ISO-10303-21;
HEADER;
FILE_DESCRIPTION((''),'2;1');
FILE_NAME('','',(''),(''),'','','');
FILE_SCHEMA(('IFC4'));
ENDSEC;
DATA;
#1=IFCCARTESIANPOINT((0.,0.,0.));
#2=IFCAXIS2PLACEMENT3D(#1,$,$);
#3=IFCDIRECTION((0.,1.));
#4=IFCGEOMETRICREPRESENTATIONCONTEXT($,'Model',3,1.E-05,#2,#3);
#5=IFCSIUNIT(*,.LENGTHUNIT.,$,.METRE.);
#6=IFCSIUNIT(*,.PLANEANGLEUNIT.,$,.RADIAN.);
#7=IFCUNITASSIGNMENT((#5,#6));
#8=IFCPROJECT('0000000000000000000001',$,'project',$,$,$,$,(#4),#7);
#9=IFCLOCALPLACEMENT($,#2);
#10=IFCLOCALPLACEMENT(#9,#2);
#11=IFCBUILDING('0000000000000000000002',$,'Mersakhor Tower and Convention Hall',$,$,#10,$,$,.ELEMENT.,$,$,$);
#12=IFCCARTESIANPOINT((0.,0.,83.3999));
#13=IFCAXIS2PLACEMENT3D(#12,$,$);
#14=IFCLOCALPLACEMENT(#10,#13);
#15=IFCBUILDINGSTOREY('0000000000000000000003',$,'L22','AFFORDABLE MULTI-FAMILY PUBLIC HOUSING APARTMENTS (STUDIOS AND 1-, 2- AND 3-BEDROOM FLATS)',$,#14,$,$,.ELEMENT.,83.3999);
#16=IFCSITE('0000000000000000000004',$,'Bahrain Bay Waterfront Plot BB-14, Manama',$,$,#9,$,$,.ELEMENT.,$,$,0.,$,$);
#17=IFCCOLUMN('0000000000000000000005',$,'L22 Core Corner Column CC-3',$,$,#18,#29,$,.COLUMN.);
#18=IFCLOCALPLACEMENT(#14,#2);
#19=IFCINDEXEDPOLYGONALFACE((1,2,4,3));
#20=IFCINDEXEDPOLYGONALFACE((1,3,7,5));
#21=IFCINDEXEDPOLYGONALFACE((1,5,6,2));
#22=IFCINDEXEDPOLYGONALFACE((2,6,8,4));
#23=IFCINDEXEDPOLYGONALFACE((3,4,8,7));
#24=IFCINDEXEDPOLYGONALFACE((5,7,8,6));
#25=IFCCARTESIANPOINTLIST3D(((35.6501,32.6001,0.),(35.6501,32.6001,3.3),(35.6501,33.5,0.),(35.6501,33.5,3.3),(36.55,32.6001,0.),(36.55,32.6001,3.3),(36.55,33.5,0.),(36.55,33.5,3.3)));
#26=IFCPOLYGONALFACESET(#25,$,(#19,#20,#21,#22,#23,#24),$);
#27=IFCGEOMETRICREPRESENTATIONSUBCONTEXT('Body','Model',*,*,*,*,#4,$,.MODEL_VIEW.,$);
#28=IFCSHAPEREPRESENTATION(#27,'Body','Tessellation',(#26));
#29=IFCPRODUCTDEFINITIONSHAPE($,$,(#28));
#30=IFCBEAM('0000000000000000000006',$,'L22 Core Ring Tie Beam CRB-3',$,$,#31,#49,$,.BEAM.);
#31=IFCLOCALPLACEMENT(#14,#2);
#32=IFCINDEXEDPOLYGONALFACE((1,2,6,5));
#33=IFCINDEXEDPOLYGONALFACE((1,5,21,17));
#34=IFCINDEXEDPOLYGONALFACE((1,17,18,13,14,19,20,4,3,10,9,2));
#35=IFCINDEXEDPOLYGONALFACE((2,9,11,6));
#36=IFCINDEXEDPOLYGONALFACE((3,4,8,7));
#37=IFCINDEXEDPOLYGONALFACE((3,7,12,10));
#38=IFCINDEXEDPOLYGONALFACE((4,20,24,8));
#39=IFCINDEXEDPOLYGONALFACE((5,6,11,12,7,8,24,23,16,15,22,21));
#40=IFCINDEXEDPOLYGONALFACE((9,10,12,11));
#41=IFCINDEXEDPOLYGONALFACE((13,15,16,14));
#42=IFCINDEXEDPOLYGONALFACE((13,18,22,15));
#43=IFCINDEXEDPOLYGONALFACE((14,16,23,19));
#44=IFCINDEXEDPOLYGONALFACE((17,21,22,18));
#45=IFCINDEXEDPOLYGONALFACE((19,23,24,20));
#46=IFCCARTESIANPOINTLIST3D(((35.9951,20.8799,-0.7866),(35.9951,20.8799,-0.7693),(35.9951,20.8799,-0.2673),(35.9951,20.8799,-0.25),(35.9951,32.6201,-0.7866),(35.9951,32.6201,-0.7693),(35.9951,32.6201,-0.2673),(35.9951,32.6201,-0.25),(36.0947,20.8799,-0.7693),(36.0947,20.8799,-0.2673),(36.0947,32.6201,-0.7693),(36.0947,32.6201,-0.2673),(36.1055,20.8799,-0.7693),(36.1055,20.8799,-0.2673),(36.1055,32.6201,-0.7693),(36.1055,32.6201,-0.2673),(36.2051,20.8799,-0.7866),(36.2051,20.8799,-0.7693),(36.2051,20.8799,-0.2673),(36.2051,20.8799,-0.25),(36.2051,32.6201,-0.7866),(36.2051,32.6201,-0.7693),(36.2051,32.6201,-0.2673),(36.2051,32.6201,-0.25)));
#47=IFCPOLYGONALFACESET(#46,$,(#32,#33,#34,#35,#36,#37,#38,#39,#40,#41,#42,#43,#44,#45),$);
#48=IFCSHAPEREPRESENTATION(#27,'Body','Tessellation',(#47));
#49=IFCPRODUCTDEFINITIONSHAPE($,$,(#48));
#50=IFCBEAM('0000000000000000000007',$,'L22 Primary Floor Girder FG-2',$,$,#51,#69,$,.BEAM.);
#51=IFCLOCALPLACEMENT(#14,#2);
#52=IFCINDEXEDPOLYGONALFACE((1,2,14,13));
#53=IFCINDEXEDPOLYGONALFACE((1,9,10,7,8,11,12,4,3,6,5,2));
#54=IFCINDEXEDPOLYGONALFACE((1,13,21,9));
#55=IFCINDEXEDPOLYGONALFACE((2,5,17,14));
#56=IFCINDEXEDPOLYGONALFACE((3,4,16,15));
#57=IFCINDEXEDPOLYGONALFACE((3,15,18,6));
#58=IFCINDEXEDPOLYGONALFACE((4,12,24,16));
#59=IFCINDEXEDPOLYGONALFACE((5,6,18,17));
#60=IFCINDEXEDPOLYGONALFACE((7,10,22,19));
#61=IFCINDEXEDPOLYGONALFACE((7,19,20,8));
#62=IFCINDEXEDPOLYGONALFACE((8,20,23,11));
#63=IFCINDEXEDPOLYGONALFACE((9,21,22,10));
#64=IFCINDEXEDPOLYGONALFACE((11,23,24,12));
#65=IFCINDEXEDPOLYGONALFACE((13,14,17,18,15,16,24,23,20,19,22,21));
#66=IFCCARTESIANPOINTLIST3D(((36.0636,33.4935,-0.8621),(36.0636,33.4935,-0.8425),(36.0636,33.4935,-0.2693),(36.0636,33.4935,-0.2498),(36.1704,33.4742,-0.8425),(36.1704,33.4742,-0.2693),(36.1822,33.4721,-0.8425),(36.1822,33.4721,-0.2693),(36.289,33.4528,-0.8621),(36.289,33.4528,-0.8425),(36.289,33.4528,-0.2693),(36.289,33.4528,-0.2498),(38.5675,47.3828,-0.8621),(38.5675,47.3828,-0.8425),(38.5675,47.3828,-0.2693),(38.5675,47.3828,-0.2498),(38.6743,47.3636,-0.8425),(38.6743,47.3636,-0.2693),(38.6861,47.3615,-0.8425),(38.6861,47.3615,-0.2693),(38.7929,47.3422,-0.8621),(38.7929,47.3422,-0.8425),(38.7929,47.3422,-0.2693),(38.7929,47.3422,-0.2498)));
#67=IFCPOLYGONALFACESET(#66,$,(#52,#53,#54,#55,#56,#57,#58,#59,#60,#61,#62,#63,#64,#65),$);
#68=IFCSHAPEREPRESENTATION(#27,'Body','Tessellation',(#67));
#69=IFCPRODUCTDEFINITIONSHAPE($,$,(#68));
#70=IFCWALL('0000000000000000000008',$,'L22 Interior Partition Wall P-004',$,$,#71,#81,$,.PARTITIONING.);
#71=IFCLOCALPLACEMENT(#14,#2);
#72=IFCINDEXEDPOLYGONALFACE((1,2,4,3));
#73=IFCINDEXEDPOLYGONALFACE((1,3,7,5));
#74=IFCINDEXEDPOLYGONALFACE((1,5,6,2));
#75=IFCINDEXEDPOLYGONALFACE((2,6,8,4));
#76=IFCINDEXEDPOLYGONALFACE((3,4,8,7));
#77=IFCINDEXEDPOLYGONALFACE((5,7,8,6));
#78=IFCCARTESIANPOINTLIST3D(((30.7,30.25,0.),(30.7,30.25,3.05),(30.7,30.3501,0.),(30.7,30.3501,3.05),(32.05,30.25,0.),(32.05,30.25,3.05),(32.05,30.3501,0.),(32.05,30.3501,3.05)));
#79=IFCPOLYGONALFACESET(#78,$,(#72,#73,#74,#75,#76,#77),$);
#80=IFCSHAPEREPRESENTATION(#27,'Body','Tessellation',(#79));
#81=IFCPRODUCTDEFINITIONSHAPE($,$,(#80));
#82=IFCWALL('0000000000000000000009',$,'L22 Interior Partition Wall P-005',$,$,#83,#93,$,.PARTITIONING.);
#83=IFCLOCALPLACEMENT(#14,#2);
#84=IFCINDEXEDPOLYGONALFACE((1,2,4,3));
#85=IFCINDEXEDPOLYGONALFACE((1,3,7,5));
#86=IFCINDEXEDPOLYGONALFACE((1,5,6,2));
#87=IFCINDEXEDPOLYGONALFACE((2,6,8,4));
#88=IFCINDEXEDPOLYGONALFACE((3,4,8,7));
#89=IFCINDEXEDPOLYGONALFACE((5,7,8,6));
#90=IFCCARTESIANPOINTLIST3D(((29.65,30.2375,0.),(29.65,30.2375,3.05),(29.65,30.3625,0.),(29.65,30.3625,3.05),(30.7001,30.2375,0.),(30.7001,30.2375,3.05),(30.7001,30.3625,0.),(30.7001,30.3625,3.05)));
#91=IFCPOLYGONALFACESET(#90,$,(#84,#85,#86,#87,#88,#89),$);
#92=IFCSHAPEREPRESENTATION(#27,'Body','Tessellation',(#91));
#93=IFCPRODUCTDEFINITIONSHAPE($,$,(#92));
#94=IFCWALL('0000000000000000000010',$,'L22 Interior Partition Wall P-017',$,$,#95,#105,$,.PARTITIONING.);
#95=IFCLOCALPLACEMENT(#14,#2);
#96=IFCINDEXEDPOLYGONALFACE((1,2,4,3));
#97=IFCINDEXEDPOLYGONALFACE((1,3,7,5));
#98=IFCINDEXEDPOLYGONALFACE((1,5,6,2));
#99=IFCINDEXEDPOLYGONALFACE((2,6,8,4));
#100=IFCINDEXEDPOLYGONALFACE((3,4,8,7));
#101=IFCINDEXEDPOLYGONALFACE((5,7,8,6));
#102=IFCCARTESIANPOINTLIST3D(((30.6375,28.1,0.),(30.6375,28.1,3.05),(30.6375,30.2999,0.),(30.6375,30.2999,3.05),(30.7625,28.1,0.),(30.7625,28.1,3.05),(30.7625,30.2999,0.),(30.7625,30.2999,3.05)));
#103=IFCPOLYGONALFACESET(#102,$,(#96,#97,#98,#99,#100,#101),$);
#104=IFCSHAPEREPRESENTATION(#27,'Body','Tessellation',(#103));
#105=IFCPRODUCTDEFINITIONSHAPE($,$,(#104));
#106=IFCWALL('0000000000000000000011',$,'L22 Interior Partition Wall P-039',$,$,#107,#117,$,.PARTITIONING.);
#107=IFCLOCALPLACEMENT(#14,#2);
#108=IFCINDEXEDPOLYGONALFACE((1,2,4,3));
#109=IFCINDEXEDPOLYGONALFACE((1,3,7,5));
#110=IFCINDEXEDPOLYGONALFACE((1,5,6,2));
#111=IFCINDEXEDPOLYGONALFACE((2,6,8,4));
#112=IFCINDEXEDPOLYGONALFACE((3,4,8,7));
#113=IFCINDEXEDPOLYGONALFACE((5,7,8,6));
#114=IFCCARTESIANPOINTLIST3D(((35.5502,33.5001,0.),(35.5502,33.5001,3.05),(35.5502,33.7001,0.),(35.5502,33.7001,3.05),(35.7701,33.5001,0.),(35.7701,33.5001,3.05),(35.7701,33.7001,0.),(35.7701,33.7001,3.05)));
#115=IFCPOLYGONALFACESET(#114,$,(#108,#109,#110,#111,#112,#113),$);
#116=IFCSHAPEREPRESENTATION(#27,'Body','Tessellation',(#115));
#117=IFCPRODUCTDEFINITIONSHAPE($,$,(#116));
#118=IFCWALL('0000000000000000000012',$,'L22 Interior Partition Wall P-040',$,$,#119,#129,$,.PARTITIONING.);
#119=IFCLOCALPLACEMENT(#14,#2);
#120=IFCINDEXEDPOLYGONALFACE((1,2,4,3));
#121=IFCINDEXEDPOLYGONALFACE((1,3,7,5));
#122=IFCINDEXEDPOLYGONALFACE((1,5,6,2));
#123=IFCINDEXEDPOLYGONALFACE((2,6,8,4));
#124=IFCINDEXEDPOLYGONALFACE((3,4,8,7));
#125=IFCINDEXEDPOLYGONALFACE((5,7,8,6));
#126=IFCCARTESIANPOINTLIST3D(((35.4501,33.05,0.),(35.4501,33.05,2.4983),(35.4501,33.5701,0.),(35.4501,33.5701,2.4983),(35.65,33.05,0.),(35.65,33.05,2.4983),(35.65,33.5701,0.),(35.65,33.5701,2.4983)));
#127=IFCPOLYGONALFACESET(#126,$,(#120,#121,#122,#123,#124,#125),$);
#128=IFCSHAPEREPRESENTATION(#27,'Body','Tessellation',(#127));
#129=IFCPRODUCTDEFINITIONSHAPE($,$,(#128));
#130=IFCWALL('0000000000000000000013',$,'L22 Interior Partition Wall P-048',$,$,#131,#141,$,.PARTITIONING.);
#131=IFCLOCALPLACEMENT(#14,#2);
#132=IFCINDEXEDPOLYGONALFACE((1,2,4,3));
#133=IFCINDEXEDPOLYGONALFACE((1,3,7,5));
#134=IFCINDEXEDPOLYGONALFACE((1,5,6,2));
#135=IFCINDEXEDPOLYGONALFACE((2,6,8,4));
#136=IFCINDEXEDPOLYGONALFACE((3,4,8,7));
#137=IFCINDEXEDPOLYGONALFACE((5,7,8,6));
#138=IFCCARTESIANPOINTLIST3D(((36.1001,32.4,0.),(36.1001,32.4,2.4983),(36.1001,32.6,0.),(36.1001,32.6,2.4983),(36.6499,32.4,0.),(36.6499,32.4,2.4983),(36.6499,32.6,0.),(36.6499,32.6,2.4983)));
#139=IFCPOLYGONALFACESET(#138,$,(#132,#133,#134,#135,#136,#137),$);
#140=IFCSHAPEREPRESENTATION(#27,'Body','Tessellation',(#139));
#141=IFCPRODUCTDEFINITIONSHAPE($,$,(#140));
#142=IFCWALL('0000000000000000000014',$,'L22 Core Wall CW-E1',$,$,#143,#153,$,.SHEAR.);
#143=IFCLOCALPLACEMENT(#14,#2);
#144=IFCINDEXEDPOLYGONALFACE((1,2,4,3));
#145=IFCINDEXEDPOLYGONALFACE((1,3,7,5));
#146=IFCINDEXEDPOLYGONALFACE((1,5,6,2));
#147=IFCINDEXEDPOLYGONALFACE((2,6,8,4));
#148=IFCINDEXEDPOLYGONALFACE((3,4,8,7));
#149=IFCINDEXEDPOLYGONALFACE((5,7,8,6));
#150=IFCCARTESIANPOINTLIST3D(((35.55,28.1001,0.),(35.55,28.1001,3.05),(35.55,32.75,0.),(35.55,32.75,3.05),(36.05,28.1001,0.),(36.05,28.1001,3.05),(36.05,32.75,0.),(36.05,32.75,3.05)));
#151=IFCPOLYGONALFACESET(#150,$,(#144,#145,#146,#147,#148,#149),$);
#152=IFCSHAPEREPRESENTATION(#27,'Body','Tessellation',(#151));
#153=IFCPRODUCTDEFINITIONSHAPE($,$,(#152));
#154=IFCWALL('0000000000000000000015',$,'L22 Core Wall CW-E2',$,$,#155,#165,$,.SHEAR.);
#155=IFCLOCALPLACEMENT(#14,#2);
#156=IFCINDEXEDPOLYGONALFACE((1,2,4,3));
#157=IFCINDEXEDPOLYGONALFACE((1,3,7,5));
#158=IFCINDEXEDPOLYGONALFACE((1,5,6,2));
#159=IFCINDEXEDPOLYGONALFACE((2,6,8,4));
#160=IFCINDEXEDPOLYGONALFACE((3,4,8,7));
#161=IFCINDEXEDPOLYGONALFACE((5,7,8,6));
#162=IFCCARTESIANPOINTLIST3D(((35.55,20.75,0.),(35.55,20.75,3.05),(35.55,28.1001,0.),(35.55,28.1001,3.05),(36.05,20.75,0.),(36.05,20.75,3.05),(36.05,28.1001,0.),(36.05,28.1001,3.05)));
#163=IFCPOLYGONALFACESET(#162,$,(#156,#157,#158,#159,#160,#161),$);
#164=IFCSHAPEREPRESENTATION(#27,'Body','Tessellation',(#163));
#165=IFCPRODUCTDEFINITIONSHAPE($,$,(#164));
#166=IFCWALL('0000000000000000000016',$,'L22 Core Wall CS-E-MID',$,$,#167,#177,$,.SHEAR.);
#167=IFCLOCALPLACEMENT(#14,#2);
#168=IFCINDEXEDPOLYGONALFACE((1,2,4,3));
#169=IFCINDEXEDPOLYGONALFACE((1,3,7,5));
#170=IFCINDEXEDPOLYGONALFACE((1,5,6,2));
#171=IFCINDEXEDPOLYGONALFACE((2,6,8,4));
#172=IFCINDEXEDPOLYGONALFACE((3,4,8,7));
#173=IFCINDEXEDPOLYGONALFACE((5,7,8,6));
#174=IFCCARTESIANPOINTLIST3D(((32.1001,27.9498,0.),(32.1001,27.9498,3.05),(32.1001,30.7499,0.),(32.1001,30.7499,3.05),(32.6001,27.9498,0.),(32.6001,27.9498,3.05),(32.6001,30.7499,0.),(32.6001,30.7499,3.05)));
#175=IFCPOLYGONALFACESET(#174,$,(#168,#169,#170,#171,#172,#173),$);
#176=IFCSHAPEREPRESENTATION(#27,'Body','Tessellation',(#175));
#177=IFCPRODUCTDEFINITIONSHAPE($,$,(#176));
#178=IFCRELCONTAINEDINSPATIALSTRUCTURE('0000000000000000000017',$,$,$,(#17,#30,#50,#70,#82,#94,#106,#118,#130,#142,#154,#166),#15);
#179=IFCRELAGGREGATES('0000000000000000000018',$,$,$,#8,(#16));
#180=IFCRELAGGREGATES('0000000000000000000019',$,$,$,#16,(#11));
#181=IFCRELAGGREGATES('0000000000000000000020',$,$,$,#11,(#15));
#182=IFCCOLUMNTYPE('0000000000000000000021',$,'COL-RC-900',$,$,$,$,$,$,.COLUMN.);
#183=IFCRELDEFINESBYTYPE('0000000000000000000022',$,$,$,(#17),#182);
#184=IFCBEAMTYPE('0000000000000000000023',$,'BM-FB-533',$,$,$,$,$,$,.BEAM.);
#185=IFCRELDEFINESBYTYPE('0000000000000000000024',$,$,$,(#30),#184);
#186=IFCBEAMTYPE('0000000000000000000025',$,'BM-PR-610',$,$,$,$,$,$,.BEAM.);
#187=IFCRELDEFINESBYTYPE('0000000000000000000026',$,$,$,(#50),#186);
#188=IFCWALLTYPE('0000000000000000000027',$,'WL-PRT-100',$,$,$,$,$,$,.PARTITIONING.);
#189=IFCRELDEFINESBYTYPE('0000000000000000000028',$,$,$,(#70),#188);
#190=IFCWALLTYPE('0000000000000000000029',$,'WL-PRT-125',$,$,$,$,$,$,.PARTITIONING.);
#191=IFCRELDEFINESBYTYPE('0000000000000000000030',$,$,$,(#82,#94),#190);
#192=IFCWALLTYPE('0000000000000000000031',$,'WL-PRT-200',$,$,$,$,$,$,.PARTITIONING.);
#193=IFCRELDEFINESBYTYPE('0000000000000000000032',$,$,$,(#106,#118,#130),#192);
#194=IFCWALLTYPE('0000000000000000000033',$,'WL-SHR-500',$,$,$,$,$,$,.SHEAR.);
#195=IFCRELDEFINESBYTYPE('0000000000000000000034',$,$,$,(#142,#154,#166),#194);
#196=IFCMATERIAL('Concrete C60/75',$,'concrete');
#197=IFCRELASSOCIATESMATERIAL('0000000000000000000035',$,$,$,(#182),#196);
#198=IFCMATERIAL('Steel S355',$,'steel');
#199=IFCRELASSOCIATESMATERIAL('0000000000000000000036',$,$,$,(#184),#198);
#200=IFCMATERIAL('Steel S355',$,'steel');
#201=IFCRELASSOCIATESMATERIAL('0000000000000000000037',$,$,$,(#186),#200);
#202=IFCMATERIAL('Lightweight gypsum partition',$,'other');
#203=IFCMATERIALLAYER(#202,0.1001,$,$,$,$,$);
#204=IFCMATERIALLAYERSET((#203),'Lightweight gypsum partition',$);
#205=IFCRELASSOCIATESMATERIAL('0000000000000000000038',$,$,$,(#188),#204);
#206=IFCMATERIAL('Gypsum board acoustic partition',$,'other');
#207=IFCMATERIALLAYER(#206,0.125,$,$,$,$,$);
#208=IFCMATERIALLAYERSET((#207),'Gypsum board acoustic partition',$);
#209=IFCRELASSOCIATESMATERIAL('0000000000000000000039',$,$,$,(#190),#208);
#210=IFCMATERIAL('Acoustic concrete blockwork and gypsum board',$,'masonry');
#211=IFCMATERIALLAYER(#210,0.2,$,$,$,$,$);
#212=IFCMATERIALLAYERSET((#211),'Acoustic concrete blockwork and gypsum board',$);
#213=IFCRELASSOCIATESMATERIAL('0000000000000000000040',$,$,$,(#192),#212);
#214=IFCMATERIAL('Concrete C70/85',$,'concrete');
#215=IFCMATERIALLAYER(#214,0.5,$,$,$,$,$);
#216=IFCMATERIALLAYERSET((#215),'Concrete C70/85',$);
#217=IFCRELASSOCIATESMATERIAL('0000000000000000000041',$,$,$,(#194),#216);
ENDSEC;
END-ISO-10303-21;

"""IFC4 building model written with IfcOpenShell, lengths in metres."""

from ifc_helpers import new_model, si_unit, direction, frame, frame_2d, origin, origin_2d, place, context, subcontext, project, spatial, rectangle, i_section, extrude, material, layer, layer_set, material_profile, profile_set, type_object, element, save


model = new_model("IFC4")

# Units and contexts
model_context = context("Model", 3, precision=1e-05, world=origin(), true_north=direction((0.0, 1.0)))
body_context = subcontext(model_context, "Body", "Model", "MODEL_VIEW")
ifc_project = project(units=[si_unit("LENGTHUNIT", "METRE"), si_unit("PLANEANGLEUNIT", "RADIAN")], contexts=[model_context])

# Site, building, storey
site_placement = place(None, origin())
site = spatial("IfcSite", under=ifc_project, at=site_placement, Name="Bahrain Bay Waterfront Plot BB-14, Manama", CompositionType="ELEMENT", RefElevation=0.0)
building_placement = place(site_placement, origin())
building = spatial("IfcBuilding", under=site, at=building_placement, Name="Mersakhor Tower and Convention Hall", CompositionType="ELEMENT")
storey_placement = place(building_placement, frame((0.0, 0.0, 83.3999)))
storey = spatial("IfcBuildingStorey", under=building, at=storey_placement, Name="L22", Description="AFFORDABLE MULTI-FAMILY PUBLIC HOUSING APARTMENTS (STUDIOS AND 1-, 2- AND 3-BEDROOM FLATS)", CompositionType="ELEMENT", Elevation=83.3999)

# Column
ifc_material_1 = material(Name="Concrete C60/75", Category="concrete")
ifc_material_profile_1 = material_profile(ifc_material_1, rectangle(XDim=0.8999, YDim=0.8999, at=origin_2d()), Name="RC 900x900")
ifc_profile_set_1 = profile_set([ifc_material_profile_1], Name="Concrete C60/75")
column_type = type_object("IfcColumnType", Name="COL-RC-900", PredefinedType="COLUMN", material=ifc_profile_set_1)
column_placement = place(storey_placement, frame((36.1001, 33.05, 0.0), z_axis=(0.0, 0.0, 1.0), x_axis=(1.0, 0.0, 0.0)))
element("IfcColumn", 1, at=column_placement, inside=storey, type_object=column_type, Name="L22 Core Corner Column CC-3", PredefinedType="COLUMN", context=body_context, shape_type="SweptSolid", body=[
    extrude(rectangle(XDim=0.8999, YDim=0.8999, at=origin_2d()), origin(), (0.0, 0.0, 1.0), 3.3),
])

# Beams
ifc_material_2 = material(Name="Steel S355", Category="steel")
ifc_material_profile_2 = material_profile(ifc_material_2, i_section(OverallWidth=0.21, OverallDepth=0.5366, WebThickness=0.0107, FlangeThickness=0.0173, at=origin_2d()), Name="UB 533x210x101")
ifc_profile_set_2 = profile_set([ifc_material_profile_2], Name="Steel S355")
beam_type_1 = type_object("IfcBeamType", Name="BM-FB-533", PredefinedType="BEAM", material=ifc_profile_set_2)
beam_1_placement = place(storey_placement, frame((36.1001, 32.6201, -0.5183), z_axis=(0.0, -1.0, 0.0), x_axis=(1.0, 0.0, 0.0)))
element("IfcBeam", 2, at=beam_1_placement, inside=storey, type_object=beam_type_1, Name="L22 Core Ring Tie Beam CRB-3", PredefinedType="BEAM", context=body_context, shape_type="SweptSolid", body=[
    extrude(i_section(OverallWidth=0.21, OverallDepth=0.5366, WebThickness=0.0107, FlangeThickness=0.0173, at=origin_2d()), origin(), (0.0, 0.0, 1.0), 11.7402),
])
ifc_material_3 = material(Name="Steel S355", Category="steel")
ifc_material_profile_3 = material_profile(ifc_material_3, i_section(OverallWidth=0.229, OverallDepth=0.6123, WebThickness=0.012, FlangeThickness=0.0195, at=origin_2d()), Name="UB 610x229x125")
ifc_profile_set_3 = profile_set([ifc_material_profile_3], Name="Steel S355")
beam_type_2 = type_object("IfcBeamType", Name="BM-PR-610", PredefinedType="BEAM", material=ifc_profile_set_3)
beam_2_placement = place(storey_placement, frame((36.1763, 33.4731, -0.5559), z_axis=(0.177415, 0.984136, 0.0), x_axis=(-0.984136, 0.177415, 0.0)))
element("IfcBeam", 3, at=beam_2_placement, inside=storey, type_object=beam_type_2, Name="L22 Primary Floor Girder FG-2", PredefinedType="BEAM", context=body_context, shape_type="SweptSolid", body=[
    extrude(i_section(OverallWidth=0.229, OverallDepth=0.6123, WebThickness=0.012, FlangeThickness=0.0195, at=origin_2d()), origin(), (0.0, 0.0, 1.0), 14.1133),
])

# Walls
ifc_material_4 = material(Name="Lightweight gypsum partition", Category="other")
ifc_layer_1 = layer(ifc_material_4, 0.1001)
ifc_layer_set_1 = layer_set([ifc_layer_1], Name="Lightweight gypsum partition")
wall_type_1 = type_object("IfcWallType", Name="WL-PRT-100", PredefinedType="PARTITIONING", material=ifc_layer_set_1)
wall_1_placement = place(storey_placement, frame((32.05, 30.3, 0.0), z_axis=(0.0, 0.0, 1.0), x_axis=(-1.0, 0.0, 0.0)))
element("IfcWall", 4, at=wall_1_placement, inside=storey, type_object=wall_type_1, Name="L22 Interior Partition Wall P-004", PredefinedType="PARTITIONING", context=body_context, shape_type="SweptSolid", body=[
    extrude(rectangle(XDim=1.3501, YDim=0.1001, at=frame_2d((0.675, 0.0))), origin(), (0.0, 0.0, 1.0), 3.05),
])
ifc_material_5 = material(Name="Gypsum board acoustic partition", Category="other")
ifc_layer_2 = layer(ifc_material_5, 0.125)
ifc_layer_set_2 = layer_set([ifc_layer_2], Name="Gypsum board acoustic partition")
wall_type_2 = type_object("IfcWallType", Name="WL-PRT-125", PredefinedType="PARTITIONING", material=ifc_layer_set_2)
wall_2_placement = place(storey_placement, frame((30.7, 30.3, 0.0), z_axis=(0.0, 0.0, 1.0), x_axis=(-1.0, 0.0, 0.0)))
element("IfcWall", 5, at=wall_2_placement, inside=storey, type_object=wall_type_2, Name="L22 Interior Partition Wall P-005", PredefinedType="PARTITIONING", context=body_context, shape_type="SweptSolid", body=[
    extrude(rectangle(XDim=1.05, YDim=0.125, at=frame_2d((0.5249, 0.0))), origin(), (0.0, 0.0, 1.0), 3.05),
])
wall_3_placement = place(storey_placement, frame((30.7, 30.3, 0.0), z_axis=(0.0, 0.0, 1.0), x_axis=(0.0, -1.0, 0.0)))
element("IfcWall", 6, at=wall_3_placement, inside=storey, type_object=wall_type_2, Name="L22 Interior Partition Wall P-017", PredefinedType="PARTITIONING", context=body_context, shape_type="SweptSolid", body=[
    extrude(rectangle(XDim=2.2, YDim=0.125, at=frame_2d((1.1001, 0.0))), origin(), (0.0, 0.0, 1.0), 3.05),
])
ifc_material_6 = material(Name="Acoustic concrete blockwork and gypsum board", Category="masonry")
ifc_layer_3 = layer(ifc_material_6, 0.2)
ifc_layer_set_3 = layer_set([ifc_layer_3], Name="Acoustic concrete blockwork and gypsum board")
wall_type_3 = type_object("IfcWallType", Name="WL-PRT-200", PredefinedType="PARTITIONING", material=ifc_layer_set_3)
wall_4_placement = place(storey_placement, frame((35.77, 33.6001, 0.0), z_axis=(0.0, 0.0, 1.0), x_axis=(-1.0, 0.0, 0.0)))
element("IfcWall", 7, at=wall_4_placement, inside=storey, type_object=wall_type_3, Name="L22 Interior Partition Wall P-039", PredefinedType="PARTITIONING", context=body_context, shape_type="SweptSolid", body=[
    extrude(rectangle(XDim=0.22, YDim=0.2, at=frame_2d((0.1099, 0.0))), origin(), (0.0, 0.0, 1.0), 3.05),
])
wall_5_placement = place(storey_placement, frame((35.55, 33.5701, 0.0), z_axis=(0.0, 0.0, 1.0), x_axis=(0.0, -1.0, 0.0)))
element("IfcWall", 8, at=wall_5_placement, inside=storey, type_object=wall_type_3, Name="L22 Interior Partition Wall P-040", PredefinedType="PARTITIONING", context=body_context, shape_type="SweptSolid", body=[
    extrude(rectangle(XDim=0.52, YDim=0.2, at=frame_2d((0.26, 0.0))), origin(), (0.0, 0.0, 1.0), 2.4983),
])
wall_6_placement = place(storey_placement, frame((36.1001, 32.5, 0.0), z_axis=(0.0, 0.0, 1.0), x_axis=(1.0, 0.0, 0.0)))
element("IfcWall", 9, at=wall_6_placement, inside=storey, type_object=wall_type_3, Name="L22 Interior Partition Wall P-048", PredefinedType="PARTITIONING", context=body_context, shape_type="SweptSolid", body=[
    extrude(rectangle(XDim=0.5498, YDim=0.2, at=frame_2d((0.2749, 0.0))), origin(), (0.0, 0.0, 1.0), 2.4983),
])

# Shared definitions
ifc_material_7 = material(Name="Concrete C70/85", Category="concrete")
ifc_layer_4 = layer(ifc_material_7, 0.5)
ifc_layer_set_4 = layer_set([ifc_layer_4], Name="Concrete C70/85")
wall_type_4 = type_object("IfcWallType", Name="WL-SHR-500", PredefinedType="SHEAR", material=ifc_layer_set_4)

# Walls
wall_7_placement = place(storey_placement, frame((35.8, 32.75, 0.0), z_axis=(0.0, 0.0, 1.0), x_axis=(0.0, -1.0, 0.0)))
element("IfcWall", 10, at=wall_7_placement, inside=storey, type_object=wall_type_4, Name="L22 Core Wall CW-E1", PredefinedType="SHEAR", context=body_context, shape_type="SweptSolid", body=[
    extrude(rectangle(XDim=4.6499, YDim=0.5, at=frame_2d((2.325, 0.0))), origin(), (0.0, 0.0, 1.0), 3.05),
])
wall_8_placement = place(storey_placement, frame((35.8, 28.1001, 0.0), z_axis=(0.0, 0.0, 1.0), x_axis=(0.0, -1.0, 0.0)))
element("IfcWall", 11, at=wall_8_placement, inside=storey, type_object=wall_type_4, Name="L22 Core Wall CW-E2", PredefinedType="SHEAR", context=body_context, shape_type="SweptSolid", body=[
    extrude(rectangle(XDim=7.3501, YDim=0.5, at=frame_2d((3.675, 0.0))), origin(), (0.0, 0.0, 1.0), 3.05),
])
wall_9_placement = place(storey_placement, frame((32.3501, 27.95, 0.0), z_axis=(0.0, 0.0, 1.0), x_axis=(0.0, 1.0, 0.0)))
element("IfcWall", 12, at=wall_9_placement, inside=storey, type_object=wall_type_4, Name="L22 Core Wall CS-E-MID", PredefinedType="SHEAR", context=body_context, shape_type="SweptSolid", body=[
    extrude(rectangle(XDim=2.8, YDim=0.5, at=frame_2d((1.3999, 0.0))), origin(), (0.0, 0.0, 1.0), 3.05),
])

save(model, "model.ifc")
